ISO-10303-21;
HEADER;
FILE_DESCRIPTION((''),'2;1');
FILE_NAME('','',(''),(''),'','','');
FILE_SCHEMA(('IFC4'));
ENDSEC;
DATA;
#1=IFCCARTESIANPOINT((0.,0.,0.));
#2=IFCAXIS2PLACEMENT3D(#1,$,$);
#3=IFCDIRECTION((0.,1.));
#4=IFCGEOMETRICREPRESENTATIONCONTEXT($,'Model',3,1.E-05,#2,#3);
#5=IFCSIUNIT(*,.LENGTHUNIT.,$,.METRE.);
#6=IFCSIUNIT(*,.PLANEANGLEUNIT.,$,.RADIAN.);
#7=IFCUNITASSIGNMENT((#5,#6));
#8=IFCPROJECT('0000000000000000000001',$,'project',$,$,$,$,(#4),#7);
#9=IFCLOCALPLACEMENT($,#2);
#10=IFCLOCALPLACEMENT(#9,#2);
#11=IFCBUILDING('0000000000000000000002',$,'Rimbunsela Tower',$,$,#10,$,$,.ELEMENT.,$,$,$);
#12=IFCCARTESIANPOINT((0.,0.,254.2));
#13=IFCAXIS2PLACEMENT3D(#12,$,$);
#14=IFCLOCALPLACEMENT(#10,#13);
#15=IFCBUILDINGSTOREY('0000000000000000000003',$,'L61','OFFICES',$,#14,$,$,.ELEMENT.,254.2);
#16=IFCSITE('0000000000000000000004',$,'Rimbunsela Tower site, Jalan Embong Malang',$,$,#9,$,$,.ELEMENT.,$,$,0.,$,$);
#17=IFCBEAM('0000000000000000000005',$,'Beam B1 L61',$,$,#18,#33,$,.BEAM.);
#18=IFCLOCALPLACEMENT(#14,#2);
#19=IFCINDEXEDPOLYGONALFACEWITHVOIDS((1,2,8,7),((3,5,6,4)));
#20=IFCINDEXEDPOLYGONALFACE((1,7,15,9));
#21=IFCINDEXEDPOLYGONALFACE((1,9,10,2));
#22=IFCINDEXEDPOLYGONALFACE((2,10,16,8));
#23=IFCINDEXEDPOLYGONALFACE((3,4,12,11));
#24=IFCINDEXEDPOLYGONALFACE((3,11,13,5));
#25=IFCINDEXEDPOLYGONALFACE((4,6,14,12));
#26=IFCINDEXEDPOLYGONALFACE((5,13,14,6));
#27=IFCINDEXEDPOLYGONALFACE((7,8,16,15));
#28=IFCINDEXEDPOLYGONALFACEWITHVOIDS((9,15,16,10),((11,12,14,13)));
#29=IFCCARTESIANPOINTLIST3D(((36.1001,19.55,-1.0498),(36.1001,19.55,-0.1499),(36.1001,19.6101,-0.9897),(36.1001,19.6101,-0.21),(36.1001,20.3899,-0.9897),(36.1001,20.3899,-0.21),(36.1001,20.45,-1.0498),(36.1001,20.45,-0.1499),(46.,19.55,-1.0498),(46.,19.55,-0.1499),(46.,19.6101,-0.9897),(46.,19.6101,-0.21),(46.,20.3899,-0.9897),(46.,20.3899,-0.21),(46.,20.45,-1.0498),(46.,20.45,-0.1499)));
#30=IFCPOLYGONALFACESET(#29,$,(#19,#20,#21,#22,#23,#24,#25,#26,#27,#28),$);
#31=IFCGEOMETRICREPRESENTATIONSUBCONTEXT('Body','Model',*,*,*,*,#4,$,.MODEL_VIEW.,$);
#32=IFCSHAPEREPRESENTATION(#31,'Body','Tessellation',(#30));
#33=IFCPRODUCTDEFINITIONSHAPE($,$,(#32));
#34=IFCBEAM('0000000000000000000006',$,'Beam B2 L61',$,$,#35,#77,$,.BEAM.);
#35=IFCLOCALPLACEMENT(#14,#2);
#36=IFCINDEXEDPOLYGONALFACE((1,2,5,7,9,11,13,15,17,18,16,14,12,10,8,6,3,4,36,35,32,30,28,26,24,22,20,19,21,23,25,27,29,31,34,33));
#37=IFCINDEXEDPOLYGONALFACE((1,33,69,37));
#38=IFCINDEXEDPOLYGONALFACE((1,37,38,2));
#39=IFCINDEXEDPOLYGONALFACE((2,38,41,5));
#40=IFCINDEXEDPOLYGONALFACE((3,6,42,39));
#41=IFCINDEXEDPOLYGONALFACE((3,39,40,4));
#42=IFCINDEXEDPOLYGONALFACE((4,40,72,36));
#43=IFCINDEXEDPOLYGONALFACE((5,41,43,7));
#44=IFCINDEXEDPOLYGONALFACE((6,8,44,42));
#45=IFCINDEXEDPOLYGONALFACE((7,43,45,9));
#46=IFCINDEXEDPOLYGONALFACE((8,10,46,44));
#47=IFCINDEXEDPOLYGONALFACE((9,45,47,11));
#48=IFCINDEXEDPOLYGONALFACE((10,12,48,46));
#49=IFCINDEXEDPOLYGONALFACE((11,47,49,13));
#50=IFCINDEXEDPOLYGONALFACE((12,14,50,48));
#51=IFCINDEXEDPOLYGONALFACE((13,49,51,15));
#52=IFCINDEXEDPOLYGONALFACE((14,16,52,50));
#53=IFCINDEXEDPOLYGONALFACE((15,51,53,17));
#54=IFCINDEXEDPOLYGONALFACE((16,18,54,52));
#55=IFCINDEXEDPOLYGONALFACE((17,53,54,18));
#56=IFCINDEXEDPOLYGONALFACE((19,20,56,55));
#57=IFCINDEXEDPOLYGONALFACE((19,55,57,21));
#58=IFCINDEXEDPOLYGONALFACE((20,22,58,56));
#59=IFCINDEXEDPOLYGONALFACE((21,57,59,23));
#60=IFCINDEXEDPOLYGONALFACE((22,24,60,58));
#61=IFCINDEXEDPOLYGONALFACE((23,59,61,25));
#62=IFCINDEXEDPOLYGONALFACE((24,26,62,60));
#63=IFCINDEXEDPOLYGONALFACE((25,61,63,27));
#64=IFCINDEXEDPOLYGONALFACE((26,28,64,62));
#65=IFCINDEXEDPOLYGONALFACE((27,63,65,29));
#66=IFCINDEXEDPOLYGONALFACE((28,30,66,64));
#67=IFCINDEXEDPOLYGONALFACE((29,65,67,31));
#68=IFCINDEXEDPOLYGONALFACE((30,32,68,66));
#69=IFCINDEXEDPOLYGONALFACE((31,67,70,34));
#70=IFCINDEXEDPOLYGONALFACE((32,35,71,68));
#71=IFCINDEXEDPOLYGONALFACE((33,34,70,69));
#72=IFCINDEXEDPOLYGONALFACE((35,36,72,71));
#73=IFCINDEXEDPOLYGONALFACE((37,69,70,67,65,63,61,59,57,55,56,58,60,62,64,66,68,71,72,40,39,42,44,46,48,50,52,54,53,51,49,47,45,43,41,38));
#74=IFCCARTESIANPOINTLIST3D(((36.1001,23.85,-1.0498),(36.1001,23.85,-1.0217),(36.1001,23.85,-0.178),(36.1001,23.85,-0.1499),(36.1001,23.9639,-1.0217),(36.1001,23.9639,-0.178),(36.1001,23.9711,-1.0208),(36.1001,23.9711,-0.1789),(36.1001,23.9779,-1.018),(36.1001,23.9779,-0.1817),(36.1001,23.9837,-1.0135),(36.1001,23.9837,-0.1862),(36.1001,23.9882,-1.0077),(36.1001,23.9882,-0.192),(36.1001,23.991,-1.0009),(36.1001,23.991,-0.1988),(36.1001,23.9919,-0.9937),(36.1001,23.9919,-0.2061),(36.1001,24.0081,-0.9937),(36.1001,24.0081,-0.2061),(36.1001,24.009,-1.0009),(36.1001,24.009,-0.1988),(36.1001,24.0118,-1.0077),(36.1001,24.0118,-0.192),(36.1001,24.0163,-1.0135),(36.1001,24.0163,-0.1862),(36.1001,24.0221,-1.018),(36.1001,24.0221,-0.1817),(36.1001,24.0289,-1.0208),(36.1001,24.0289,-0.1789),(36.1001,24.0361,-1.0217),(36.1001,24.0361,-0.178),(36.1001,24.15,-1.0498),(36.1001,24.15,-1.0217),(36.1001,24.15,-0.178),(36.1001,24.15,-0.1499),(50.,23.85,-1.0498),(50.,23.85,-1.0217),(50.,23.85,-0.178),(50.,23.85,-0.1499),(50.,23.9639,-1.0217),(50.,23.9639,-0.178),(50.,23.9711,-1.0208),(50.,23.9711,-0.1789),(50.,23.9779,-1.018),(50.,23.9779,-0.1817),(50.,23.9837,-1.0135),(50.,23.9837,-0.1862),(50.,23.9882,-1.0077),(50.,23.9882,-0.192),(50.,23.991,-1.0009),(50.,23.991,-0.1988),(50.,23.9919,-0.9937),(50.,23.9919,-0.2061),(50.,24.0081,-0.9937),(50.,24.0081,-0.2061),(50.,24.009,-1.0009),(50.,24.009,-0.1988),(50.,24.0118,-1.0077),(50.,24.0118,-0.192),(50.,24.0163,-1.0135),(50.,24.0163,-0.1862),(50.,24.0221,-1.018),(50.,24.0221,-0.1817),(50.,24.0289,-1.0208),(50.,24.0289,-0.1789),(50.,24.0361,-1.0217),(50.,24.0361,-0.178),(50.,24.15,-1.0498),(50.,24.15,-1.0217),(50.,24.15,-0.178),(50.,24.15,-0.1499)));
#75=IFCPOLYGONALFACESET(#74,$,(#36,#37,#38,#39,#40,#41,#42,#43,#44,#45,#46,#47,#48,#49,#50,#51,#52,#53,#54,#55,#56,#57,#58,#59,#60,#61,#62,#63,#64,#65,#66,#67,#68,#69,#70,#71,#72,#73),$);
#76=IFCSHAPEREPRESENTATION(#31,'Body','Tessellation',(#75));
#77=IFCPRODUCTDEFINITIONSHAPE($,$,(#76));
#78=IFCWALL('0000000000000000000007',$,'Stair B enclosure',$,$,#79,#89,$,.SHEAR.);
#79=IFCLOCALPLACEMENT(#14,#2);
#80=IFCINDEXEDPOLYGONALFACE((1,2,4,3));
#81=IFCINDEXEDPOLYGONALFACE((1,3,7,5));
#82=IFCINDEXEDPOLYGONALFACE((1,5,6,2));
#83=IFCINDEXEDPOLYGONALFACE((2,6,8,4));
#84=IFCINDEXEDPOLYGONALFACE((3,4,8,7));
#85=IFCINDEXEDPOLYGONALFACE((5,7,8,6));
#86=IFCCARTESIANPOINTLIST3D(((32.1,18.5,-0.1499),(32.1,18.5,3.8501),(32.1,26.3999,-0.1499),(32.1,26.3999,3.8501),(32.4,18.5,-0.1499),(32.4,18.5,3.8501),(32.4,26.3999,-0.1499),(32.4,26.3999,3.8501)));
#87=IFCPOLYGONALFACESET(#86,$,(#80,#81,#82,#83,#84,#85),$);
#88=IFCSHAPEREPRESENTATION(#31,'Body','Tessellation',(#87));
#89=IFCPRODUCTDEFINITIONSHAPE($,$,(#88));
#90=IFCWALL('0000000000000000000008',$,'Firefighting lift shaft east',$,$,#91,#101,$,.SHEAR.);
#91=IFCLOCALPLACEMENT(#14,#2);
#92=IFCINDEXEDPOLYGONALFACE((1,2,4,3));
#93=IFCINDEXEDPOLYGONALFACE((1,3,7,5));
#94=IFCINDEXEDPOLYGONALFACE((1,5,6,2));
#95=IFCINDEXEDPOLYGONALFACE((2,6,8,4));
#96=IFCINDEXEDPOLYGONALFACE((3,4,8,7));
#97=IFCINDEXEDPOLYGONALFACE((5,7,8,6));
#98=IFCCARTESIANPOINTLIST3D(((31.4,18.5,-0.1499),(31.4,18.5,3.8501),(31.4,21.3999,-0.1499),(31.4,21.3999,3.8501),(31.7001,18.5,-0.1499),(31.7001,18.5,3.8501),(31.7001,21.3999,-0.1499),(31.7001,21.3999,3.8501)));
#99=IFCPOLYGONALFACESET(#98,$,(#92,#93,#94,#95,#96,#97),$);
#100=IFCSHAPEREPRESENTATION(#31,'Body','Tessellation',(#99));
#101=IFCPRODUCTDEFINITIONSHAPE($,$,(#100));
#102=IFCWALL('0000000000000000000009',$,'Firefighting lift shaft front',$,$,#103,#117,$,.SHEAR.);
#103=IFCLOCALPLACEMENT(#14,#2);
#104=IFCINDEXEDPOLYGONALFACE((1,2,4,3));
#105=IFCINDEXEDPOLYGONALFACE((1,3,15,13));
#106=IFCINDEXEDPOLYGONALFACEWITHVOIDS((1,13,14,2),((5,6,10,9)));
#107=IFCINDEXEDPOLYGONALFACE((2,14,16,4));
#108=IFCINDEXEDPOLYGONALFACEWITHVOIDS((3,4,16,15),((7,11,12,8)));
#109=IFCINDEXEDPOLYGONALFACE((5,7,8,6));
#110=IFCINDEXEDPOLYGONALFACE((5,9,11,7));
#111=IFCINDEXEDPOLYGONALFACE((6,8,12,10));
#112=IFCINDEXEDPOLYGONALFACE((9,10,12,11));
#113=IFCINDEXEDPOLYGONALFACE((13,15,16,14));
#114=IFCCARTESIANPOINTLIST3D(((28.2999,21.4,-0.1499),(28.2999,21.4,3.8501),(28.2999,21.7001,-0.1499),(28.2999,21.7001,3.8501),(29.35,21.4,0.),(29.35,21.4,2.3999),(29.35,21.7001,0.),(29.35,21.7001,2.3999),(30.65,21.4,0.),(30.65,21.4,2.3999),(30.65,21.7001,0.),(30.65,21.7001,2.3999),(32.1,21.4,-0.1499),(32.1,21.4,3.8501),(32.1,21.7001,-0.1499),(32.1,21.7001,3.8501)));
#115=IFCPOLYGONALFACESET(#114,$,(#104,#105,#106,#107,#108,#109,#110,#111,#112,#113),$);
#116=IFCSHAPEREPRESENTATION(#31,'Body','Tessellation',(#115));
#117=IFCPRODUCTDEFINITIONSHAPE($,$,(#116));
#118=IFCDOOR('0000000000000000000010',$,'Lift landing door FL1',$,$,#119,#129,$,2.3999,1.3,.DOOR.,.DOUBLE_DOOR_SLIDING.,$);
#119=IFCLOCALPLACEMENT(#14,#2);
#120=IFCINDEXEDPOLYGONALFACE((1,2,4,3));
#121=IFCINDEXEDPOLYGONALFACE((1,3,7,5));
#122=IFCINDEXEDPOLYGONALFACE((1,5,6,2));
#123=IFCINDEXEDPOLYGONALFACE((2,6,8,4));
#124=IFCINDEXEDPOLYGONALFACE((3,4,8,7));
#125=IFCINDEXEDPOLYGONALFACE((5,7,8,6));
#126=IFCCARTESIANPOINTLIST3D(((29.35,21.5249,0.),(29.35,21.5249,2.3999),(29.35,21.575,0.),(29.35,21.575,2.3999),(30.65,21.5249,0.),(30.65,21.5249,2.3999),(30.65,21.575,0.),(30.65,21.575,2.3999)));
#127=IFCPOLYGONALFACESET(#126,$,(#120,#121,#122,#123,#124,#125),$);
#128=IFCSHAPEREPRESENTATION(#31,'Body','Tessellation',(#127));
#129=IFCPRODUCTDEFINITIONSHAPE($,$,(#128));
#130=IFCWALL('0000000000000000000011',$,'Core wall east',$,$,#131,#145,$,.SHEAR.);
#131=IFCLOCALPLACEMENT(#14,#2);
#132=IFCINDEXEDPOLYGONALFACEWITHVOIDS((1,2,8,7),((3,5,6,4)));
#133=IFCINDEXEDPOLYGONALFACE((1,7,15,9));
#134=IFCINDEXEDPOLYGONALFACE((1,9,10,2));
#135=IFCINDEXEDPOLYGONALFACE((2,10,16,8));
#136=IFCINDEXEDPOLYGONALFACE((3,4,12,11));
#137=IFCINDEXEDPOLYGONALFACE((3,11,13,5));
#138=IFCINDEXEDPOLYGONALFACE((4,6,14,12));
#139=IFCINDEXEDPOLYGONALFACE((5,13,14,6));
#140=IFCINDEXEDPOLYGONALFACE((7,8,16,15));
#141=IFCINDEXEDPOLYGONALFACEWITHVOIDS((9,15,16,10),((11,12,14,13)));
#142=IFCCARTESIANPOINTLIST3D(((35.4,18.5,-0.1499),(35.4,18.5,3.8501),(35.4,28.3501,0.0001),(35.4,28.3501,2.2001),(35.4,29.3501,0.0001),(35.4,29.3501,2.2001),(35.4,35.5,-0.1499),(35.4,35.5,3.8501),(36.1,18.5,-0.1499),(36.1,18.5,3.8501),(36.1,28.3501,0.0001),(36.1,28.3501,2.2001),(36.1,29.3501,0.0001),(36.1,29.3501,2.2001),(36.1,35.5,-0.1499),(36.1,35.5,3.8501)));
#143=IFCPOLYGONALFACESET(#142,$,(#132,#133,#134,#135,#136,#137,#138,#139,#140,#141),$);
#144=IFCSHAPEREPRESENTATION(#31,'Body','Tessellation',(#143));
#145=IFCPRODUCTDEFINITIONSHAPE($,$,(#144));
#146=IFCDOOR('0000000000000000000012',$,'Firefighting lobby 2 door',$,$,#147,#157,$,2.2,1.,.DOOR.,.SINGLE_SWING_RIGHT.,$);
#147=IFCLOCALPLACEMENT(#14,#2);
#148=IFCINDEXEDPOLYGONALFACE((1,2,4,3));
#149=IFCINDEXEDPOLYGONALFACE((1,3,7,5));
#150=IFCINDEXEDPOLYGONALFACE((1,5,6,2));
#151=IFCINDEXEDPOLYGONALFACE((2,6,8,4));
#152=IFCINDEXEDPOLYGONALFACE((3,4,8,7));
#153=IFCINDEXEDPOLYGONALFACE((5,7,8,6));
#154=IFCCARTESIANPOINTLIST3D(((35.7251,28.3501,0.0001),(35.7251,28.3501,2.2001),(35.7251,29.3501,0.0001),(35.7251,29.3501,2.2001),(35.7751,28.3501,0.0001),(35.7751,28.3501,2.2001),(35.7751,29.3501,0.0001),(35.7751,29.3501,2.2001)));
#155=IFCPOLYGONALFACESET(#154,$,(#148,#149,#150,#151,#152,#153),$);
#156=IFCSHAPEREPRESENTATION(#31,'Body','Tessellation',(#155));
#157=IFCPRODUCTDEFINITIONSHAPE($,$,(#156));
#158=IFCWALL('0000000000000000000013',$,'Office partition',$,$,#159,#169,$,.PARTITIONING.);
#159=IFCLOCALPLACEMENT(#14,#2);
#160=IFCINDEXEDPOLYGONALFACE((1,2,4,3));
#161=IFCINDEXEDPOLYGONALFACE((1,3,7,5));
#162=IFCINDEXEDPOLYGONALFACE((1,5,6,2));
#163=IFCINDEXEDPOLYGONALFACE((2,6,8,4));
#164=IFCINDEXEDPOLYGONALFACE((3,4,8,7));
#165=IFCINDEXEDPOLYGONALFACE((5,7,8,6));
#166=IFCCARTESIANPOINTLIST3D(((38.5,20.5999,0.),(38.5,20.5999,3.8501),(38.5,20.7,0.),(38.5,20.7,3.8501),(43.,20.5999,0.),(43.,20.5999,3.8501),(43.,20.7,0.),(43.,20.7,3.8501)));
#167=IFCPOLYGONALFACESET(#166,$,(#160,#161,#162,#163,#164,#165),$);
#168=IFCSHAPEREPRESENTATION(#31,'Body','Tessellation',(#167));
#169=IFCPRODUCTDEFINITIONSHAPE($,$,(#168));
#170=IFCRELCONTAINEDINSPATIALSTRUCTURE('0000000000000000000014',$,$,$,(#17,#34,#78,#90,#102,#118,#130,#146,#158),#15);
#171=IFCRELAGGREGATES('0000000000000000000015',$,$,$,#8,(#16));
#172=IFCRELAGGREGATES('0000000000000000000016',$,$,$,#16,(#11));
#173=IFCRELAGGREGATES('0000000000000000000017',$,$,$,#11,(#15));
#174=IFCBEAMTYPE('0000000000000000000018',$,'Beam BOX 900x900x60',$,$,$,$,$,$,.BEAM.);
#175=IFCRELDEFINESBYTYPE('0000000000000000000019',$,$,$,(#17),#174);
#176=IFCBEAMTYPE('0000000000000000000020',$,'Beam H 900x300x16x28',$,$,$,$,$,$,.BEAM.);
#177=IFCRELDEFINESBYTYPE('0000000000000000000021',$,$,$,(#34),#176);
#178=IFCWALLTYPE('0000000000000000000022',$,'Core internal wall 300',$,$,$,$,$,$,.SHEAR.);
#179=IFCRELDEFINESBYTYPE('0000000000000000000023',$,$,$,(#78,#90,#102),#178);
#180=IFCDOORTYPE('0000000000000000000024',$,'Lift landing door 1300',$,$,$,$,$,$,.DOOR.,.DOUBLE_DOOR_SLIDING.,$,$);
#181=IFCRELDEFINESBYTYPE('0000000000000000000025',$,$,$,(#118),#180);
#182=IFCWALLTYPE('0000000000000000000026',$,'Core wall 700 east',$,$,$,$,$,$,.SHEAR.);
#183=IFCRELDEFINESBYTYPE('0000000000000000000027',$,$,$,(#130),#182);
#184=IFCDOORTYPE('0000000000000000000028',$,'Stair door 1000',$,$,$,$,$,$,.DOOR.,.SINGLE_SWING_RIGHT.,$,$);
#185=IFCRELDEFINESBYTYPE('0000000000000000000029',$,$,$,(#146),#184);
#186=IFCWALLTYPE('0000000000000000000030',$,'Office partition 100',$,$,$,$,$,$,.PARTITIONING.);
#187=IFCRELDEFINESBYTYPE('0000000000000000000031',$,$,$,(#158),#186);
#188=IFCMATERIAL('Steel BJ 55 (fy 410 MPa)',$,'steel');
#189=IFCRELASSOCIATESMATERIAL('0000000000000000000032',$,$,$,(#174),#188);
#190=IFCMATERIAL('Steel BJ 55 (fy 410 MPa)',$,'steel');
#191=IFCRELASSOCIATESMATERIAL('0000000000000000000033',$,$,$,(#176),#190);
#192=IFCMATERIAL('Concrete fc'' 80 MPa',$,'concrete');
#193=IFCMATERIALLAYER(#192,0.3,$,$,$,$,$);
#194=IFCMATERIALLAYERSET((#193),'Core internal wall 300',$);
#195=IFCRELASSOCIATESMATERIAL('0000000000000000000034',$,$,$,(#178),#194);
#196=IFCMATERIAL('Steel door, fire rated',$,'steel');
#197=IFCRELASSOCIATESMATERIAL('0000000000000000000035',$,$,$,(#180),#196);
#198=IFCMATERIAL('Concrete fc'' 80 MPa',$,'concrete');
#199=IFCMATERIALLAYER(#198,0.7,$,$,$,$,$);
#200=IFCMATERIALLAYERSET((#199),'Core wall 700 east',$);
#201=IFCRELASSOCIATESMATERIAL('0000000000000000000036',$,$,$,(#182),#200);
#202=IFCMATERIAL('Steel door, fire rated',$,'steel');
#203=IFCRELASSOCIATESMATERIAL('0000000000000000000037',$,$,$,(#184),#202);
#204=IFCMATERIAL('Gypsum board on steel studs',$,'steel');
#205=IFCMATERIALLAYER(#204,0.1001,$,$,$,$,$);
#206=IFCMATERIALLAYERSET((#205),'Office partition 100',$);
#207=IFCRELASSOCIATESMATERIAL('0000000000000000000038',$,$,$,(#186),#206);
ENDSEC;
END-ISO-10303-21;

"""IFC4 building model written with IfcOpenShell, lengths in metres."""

from ifc_helpers import new_model, si_unit, direction, frame, frame_2d, origin, origin_2d, place, context, subcontext, project, spatial, rectangle, hollow_rectangle, i_section, extrude, material, layer, layer_set, material_profile, profile_set, type_object, element, fill, save


model = new_model("IFC4")

# Units and contexts
model_context = context("Model", 3, precision=1e-05, world=origin(), true_north=direction((0.0, 1.0)))
body_context = subcontext(model_context, "Body", "Model", "MODEL_VIEW")
ifc_project = project(units=[si_unit("LENGTHUNIT", "METRE"), si_unit("PLANEANGLEUNIT", "RADIAN")], contexts=[model_context])

# Site, building, storey
site_placement = place(None, origin())
site = spatial("IfcSite", under=ifc_project, at=site_placement, Name="Rimbunsela Tower site, Jalan Embong Malang", CompositionType="ELEMENT", RefElevation=0.0)
building_placement = place(site_placement, origin())
building = spatial("IfcBuilding", under=site, at=building_placement, Name="Rimbunsela Tower", CompositionType="ELEMENT")
storey_placement = place(building_placement, frame((0.0, 0.0, 254.2)))
storey = spatial("IfcBuildingStorey", under=building, at=storey_placement, Name="L61", Description="OFFICES", CompositionType="ELEMENT", Elevation=254.2)

# Beams
ifc_material_1 = material(Name="Steel BJ 55 (fy 410 MPa)", Category="steel")
ifc_material_profile_1 = material_profile(ifc_material_1, hollow_rectangle(XDim=0.8999, YDim=0.8999, WallThickness=0.0601, at=origin_2d()), Name="BOX 900x900x60")
ifc_profile_set_1 = profile_set([ifc_material_profile_1], Name="Steel BJ 55 (fy 410 MPa)")
beam_type_1 = type_object("IfcBeamType", Name="Beam BOX 900x900x60", PredefinedType="BEAM", material=ifc_profile_set_1)
beam_1_placement = place(storey_placement, frame((36.1001, 20.0, -0.5999), z_axis=(1.0, 0.0, 0.0), x_axis=(0.0, 1.0, 0.0)))
element("IfcBeam", 1, at=beam_1_placement, inside=storey, type_object=beam_type_1, Name="Beam B1 L61", PredefinedType="BEAM", context=body_context, shape_type="SweptSolid", body=[
    extrude(hollow_rectangle(XDim=0.8999, YDim=0.8999, WallThickness=0.0601, at=origin_2d()), origin(), (0.0, 0.0, 1.0), 9.8999),
])
ifc_material_2 = material(Name="Steel BJ 55 (fy 410 MPa)", Category="steel")
ifc_material_profile_2 = material_profile(ifc_material_2, i_section(OverallWidth=0.3, OverallDepth=0.8999, WebThickness=0.0161, FlangeThickness=0.0281, FilletRadius=0.0281, at=origin_2d()), Name="H 900x300x16x28")
ifc_profile_set_2 = profile_set([ifc_material_profile_2], Name="Steel BJ 55 (fy 410 MPa)")
beam_type_2 = type_object("IfcBeamType", Name="Beam H 900x300x16x28", PredefinedType="BEAM", material=ifc_profile_set_2)
beam_2_placement = place(storey_placement, frame((36.1001, 24.0, -0.5999), z_axis=(1.0, 0.0, 0.0), x_axis=(0.0, 1.0, 0.0)))
element("IfcBeam", 2, at=beam_2_placement, inside=storey, type_object=beam_type_2, Name="Beam B2 L61", PredefinedType="BEAM", context=body_context, shape_type="SweptSolid", body=[
    extrude(i_section(OverallWidth=0.3, OverallDepth=0.8999, WebThickness=0.0161, FlangeThickness=0.0281, FilletRadius=0.0281, at=origin_2d()), origin(), (0.0, 0.0, 1.0), 13.8999),
])

# Walls
ifc_material_3 = material(Name="Concrete fc' 80 MPa", Category="concrete")
ifc_layer_1 = layer(ifc_material_3, 0.3)
ifc_layer_set_1 = layer_set([ifc_layer_1], Name="Core internal wall 300")
wall_type_1 = type_object("IfcWallType", Name="Core internal wall 300", PredefinedType="SHEAR", material=ifc_layer_set_1)
wall_1_placement = place(storey_placement, frame((32.25, 18.5, -0.1499), z_axis=(0.0, 0.0, 1.0), x_axis=(0.0, 1.0, 0.0)))
element("IfcWall", 3, at=wall_1_placement, inside=storey, type_object=wall_type_1, Name="Stair B enclosure", PredefinedType="SHEAR", context=body_context, shape_type="SweptSolid", body=[
    extrude(rectangle(XDim=7.8999, YDim=0.3, at=frame_2d((3.95, 0.0))), origin(), (0.0, 0.0, 1.0), 4.0),
])
wall_2_placement = place(storey_placement, frame((31.55, 18.5, -0.1499), z_axis=(0.0, 0.0, 1.0), x_axis=(0.0, 1.0, 0.0)))
element("IfcWall", 4, at=wall_2_placement, inside=storey, type_object=wall_type_1, Name="Firefighting lift shaft east", PredefinedType="SHEAR", context=body_context, shape_type="SweptSolid", body=[
    extrude(rectangle(XDim=2.8999, YDim=0.3, at=frame_2d((1.45, 0.0))), origin(), (0.0, 0.0, 1.0), 4.0),
])

# Walls, openings, doors
wall_3_placement = place(storey_placement, frame((28.3, 21.55, -0.1499), z_axis=(0.0, 0.0, 1.0), x_axis=(1.0, 0.0, 0.0)))
wall_3 = element("IfcWall", 5, at=wall_3_placement, inside=storey, type_object=wall_type_1, Name="Firefighting lift shaft front", PredefinedType="SHEAR", context=body_context, shape_type="SweptSolid", body=[
    extrude(rectangle(XDim=3.8, YDim=0.3, at=frame_2d((1.8999, 0.0))), origin(), (0.0, 0.0, 1.0), 4.0),
])
opening_1_placement = place(wall_3_placement, frame((1.05, 0.0, 0.1499)))
opening_1 = element("IfcOpeningElement", 6, at=opening_1_placement, cuts=wall_3, PredefinedType="OPENING", context=body_context, shape_type="SweptSolid", body=[
    extrude(rectangle(XDim=1.3, YDim=2.3999, at=frame_2d((0.6499, 1.2))), frame((0.0, 0.1599, 0.0), z_axis=(0.0, -1.0, 0.0), x_axis=(1.0, 0.0, 0.0)), (0.0, 0.0, 1.0), 0.3201),
])
ifc_material_4 = material(Name="Steel door, fire rated", Category="steel")
door_type_1 = type_object("IfcDoorType", Name="Lift landing door 1300", OperationType="DOUBLE_DOOR_SLIDING", PredefinedType="DOOR", material=ifc_material_4)
door_1_placement = place(opening_1_placement, origin())
door_1 = element("IfcDoor", 7, at=door_1_placement, inside=storey, type_object=door_type_1, Name="Lift landing door FL1", OperationType="DOUBLE_DOOR_SLIDING", OverallHeight=2.3999, OverallWidth=1.3, PredefinedType="DOOR", context=body_context, shape_type="SweptSolid", body=[
    extrude(rectangle(XDim=1.3, YDim=2.3999, at=frame_2d((0.6499, 1.2))), frame((0.0, 0.0249, 0.0), z_axis=(0.0, -1.0, 0.0), x_axis=(1.0, 0.0, 0.0)), (0.0, 0.0, 1.0), 0.05),
])
fill(opening_1, door_1)
ifc_material_5 = material(Name="Concrete fc' 80 MPa", Category="concrete")
ifc_layer_2 = layer(ifc_material_5, 0.7)
ifc_layer_set_2 = layer_set([ifc_layer_2], Name="Core wall 700 east")
wall_type_2 = type_object("IfcWallType", Name="Core wall 700 east", PredefinedType="SHEAR", material=ifc_layer_set_2)
wall_4_placement = place(storey_placement, frame((35.75, 18.5, -0.1499), z_axis=(0.0, 0.0, 1.0), x_axis=(0.0, 1.0, 0.0)))
wall_4 = element("IfcWall", 8, at=wall_4_placement, inside=storey, type_object=wall_type_2, Name="Core wall east", PredefinedType="SHEAR", context=body_context, shape_type="SweptSolid", body=[
    extrude(rectangle(XDim=17.0, YDim=0.7, at=frame_2d((8.5, 0.0))), origin(), (0.0, 0.0, 1.0), 4.0),
])
opening_2_placement = place(wall_4_placement, frame((9.8501, 0.0, 0.1499)))
opening_2 = element("IfcOpeningElement", 9, at=opening_2_placement, cuts=wall_4, PredefinedType="OPENING", context=body_context, shape_type="SweptSolid", body=[
    extrude(rectangle(XDim=1.0, YDim=2.2, at=frame_2d((0.5, 1.1001))), frame((0.0, 0.3599, 0.0), z_axis=(0.0, -1.0, 0.0), x_axis=(1.0, 0.0, 0.0)), (0.0, 0.0, 1.0), 0.72),
])
ifc_material_6 = material(Name="Steel door, fire rated", Category="steel")
door_type_2 = type_object("IfcDoorType", Name="Stair door 1000", OperationType="SINGLE_SWING_RIGHT", PredefinedType="DOOR", material=ifc_material_6)
door_2_placement = place(opening_2_placement, origin())
door_2 = element("IfcDoor", 10, at=door_2_placement, inside=storey, type_object=door_type_2, Name="Firefighting lobby 2 door", OperationType="SINGLE_SWING_RIGHT", OverallHeight=2.2, OverallWidth=1.0, PredefinedType="DOOR", context=body_context, shape_type="SweptSolid", body=[
    extrude(rectangle(XDim=1.0, YDim=2.2, at=frame_2d((0.5, 1.1001))), frame((0.0, 0.0249, 0.0), z_axis=(0.0, -1.0, 0.0), x_axis=(1.0, 0.0, 0.0)), (0.0, 0.0, 1.0), 0.05),
])
fill(opening_2, door_2)

# Wall
ifc_material_7 = material(Name="Gypsum board on steel studs", Category="steel")
ifc_layer_3 = layer(ifc_material_7, 0.1001)
ifc_layer_set_3 = layer_set([ifc_layer_3], Name="Office partition 100")
wall_type_3 = type_object("IfcWallType", Name="Office partition 100", PredefinedType="PARTITIONING", material=ifc_layer_set_3)
wall_5_placement = place(storey_placement, frame((38.5, 20.6499, 0.0), z_axis=(0.0, 0.0, 1.0), x_axis=(1.0, 0.0, 0.0)))
element("IfcWall", 11, at=wall_5_placement, inside=storey, type_object=wall_type_3, Name="Office partition", PredefinedType="PARTITIONING", context=body_context, shape_type="SweptSolid", body=[
    extrude(rectangle(XDim=4.5, YDim=0.1001, at=frame_2d((2.25, 0.0))), origin(), (0.0, 0.0, 1.0), 3.8501),
])

save(model, "model.ifc")
